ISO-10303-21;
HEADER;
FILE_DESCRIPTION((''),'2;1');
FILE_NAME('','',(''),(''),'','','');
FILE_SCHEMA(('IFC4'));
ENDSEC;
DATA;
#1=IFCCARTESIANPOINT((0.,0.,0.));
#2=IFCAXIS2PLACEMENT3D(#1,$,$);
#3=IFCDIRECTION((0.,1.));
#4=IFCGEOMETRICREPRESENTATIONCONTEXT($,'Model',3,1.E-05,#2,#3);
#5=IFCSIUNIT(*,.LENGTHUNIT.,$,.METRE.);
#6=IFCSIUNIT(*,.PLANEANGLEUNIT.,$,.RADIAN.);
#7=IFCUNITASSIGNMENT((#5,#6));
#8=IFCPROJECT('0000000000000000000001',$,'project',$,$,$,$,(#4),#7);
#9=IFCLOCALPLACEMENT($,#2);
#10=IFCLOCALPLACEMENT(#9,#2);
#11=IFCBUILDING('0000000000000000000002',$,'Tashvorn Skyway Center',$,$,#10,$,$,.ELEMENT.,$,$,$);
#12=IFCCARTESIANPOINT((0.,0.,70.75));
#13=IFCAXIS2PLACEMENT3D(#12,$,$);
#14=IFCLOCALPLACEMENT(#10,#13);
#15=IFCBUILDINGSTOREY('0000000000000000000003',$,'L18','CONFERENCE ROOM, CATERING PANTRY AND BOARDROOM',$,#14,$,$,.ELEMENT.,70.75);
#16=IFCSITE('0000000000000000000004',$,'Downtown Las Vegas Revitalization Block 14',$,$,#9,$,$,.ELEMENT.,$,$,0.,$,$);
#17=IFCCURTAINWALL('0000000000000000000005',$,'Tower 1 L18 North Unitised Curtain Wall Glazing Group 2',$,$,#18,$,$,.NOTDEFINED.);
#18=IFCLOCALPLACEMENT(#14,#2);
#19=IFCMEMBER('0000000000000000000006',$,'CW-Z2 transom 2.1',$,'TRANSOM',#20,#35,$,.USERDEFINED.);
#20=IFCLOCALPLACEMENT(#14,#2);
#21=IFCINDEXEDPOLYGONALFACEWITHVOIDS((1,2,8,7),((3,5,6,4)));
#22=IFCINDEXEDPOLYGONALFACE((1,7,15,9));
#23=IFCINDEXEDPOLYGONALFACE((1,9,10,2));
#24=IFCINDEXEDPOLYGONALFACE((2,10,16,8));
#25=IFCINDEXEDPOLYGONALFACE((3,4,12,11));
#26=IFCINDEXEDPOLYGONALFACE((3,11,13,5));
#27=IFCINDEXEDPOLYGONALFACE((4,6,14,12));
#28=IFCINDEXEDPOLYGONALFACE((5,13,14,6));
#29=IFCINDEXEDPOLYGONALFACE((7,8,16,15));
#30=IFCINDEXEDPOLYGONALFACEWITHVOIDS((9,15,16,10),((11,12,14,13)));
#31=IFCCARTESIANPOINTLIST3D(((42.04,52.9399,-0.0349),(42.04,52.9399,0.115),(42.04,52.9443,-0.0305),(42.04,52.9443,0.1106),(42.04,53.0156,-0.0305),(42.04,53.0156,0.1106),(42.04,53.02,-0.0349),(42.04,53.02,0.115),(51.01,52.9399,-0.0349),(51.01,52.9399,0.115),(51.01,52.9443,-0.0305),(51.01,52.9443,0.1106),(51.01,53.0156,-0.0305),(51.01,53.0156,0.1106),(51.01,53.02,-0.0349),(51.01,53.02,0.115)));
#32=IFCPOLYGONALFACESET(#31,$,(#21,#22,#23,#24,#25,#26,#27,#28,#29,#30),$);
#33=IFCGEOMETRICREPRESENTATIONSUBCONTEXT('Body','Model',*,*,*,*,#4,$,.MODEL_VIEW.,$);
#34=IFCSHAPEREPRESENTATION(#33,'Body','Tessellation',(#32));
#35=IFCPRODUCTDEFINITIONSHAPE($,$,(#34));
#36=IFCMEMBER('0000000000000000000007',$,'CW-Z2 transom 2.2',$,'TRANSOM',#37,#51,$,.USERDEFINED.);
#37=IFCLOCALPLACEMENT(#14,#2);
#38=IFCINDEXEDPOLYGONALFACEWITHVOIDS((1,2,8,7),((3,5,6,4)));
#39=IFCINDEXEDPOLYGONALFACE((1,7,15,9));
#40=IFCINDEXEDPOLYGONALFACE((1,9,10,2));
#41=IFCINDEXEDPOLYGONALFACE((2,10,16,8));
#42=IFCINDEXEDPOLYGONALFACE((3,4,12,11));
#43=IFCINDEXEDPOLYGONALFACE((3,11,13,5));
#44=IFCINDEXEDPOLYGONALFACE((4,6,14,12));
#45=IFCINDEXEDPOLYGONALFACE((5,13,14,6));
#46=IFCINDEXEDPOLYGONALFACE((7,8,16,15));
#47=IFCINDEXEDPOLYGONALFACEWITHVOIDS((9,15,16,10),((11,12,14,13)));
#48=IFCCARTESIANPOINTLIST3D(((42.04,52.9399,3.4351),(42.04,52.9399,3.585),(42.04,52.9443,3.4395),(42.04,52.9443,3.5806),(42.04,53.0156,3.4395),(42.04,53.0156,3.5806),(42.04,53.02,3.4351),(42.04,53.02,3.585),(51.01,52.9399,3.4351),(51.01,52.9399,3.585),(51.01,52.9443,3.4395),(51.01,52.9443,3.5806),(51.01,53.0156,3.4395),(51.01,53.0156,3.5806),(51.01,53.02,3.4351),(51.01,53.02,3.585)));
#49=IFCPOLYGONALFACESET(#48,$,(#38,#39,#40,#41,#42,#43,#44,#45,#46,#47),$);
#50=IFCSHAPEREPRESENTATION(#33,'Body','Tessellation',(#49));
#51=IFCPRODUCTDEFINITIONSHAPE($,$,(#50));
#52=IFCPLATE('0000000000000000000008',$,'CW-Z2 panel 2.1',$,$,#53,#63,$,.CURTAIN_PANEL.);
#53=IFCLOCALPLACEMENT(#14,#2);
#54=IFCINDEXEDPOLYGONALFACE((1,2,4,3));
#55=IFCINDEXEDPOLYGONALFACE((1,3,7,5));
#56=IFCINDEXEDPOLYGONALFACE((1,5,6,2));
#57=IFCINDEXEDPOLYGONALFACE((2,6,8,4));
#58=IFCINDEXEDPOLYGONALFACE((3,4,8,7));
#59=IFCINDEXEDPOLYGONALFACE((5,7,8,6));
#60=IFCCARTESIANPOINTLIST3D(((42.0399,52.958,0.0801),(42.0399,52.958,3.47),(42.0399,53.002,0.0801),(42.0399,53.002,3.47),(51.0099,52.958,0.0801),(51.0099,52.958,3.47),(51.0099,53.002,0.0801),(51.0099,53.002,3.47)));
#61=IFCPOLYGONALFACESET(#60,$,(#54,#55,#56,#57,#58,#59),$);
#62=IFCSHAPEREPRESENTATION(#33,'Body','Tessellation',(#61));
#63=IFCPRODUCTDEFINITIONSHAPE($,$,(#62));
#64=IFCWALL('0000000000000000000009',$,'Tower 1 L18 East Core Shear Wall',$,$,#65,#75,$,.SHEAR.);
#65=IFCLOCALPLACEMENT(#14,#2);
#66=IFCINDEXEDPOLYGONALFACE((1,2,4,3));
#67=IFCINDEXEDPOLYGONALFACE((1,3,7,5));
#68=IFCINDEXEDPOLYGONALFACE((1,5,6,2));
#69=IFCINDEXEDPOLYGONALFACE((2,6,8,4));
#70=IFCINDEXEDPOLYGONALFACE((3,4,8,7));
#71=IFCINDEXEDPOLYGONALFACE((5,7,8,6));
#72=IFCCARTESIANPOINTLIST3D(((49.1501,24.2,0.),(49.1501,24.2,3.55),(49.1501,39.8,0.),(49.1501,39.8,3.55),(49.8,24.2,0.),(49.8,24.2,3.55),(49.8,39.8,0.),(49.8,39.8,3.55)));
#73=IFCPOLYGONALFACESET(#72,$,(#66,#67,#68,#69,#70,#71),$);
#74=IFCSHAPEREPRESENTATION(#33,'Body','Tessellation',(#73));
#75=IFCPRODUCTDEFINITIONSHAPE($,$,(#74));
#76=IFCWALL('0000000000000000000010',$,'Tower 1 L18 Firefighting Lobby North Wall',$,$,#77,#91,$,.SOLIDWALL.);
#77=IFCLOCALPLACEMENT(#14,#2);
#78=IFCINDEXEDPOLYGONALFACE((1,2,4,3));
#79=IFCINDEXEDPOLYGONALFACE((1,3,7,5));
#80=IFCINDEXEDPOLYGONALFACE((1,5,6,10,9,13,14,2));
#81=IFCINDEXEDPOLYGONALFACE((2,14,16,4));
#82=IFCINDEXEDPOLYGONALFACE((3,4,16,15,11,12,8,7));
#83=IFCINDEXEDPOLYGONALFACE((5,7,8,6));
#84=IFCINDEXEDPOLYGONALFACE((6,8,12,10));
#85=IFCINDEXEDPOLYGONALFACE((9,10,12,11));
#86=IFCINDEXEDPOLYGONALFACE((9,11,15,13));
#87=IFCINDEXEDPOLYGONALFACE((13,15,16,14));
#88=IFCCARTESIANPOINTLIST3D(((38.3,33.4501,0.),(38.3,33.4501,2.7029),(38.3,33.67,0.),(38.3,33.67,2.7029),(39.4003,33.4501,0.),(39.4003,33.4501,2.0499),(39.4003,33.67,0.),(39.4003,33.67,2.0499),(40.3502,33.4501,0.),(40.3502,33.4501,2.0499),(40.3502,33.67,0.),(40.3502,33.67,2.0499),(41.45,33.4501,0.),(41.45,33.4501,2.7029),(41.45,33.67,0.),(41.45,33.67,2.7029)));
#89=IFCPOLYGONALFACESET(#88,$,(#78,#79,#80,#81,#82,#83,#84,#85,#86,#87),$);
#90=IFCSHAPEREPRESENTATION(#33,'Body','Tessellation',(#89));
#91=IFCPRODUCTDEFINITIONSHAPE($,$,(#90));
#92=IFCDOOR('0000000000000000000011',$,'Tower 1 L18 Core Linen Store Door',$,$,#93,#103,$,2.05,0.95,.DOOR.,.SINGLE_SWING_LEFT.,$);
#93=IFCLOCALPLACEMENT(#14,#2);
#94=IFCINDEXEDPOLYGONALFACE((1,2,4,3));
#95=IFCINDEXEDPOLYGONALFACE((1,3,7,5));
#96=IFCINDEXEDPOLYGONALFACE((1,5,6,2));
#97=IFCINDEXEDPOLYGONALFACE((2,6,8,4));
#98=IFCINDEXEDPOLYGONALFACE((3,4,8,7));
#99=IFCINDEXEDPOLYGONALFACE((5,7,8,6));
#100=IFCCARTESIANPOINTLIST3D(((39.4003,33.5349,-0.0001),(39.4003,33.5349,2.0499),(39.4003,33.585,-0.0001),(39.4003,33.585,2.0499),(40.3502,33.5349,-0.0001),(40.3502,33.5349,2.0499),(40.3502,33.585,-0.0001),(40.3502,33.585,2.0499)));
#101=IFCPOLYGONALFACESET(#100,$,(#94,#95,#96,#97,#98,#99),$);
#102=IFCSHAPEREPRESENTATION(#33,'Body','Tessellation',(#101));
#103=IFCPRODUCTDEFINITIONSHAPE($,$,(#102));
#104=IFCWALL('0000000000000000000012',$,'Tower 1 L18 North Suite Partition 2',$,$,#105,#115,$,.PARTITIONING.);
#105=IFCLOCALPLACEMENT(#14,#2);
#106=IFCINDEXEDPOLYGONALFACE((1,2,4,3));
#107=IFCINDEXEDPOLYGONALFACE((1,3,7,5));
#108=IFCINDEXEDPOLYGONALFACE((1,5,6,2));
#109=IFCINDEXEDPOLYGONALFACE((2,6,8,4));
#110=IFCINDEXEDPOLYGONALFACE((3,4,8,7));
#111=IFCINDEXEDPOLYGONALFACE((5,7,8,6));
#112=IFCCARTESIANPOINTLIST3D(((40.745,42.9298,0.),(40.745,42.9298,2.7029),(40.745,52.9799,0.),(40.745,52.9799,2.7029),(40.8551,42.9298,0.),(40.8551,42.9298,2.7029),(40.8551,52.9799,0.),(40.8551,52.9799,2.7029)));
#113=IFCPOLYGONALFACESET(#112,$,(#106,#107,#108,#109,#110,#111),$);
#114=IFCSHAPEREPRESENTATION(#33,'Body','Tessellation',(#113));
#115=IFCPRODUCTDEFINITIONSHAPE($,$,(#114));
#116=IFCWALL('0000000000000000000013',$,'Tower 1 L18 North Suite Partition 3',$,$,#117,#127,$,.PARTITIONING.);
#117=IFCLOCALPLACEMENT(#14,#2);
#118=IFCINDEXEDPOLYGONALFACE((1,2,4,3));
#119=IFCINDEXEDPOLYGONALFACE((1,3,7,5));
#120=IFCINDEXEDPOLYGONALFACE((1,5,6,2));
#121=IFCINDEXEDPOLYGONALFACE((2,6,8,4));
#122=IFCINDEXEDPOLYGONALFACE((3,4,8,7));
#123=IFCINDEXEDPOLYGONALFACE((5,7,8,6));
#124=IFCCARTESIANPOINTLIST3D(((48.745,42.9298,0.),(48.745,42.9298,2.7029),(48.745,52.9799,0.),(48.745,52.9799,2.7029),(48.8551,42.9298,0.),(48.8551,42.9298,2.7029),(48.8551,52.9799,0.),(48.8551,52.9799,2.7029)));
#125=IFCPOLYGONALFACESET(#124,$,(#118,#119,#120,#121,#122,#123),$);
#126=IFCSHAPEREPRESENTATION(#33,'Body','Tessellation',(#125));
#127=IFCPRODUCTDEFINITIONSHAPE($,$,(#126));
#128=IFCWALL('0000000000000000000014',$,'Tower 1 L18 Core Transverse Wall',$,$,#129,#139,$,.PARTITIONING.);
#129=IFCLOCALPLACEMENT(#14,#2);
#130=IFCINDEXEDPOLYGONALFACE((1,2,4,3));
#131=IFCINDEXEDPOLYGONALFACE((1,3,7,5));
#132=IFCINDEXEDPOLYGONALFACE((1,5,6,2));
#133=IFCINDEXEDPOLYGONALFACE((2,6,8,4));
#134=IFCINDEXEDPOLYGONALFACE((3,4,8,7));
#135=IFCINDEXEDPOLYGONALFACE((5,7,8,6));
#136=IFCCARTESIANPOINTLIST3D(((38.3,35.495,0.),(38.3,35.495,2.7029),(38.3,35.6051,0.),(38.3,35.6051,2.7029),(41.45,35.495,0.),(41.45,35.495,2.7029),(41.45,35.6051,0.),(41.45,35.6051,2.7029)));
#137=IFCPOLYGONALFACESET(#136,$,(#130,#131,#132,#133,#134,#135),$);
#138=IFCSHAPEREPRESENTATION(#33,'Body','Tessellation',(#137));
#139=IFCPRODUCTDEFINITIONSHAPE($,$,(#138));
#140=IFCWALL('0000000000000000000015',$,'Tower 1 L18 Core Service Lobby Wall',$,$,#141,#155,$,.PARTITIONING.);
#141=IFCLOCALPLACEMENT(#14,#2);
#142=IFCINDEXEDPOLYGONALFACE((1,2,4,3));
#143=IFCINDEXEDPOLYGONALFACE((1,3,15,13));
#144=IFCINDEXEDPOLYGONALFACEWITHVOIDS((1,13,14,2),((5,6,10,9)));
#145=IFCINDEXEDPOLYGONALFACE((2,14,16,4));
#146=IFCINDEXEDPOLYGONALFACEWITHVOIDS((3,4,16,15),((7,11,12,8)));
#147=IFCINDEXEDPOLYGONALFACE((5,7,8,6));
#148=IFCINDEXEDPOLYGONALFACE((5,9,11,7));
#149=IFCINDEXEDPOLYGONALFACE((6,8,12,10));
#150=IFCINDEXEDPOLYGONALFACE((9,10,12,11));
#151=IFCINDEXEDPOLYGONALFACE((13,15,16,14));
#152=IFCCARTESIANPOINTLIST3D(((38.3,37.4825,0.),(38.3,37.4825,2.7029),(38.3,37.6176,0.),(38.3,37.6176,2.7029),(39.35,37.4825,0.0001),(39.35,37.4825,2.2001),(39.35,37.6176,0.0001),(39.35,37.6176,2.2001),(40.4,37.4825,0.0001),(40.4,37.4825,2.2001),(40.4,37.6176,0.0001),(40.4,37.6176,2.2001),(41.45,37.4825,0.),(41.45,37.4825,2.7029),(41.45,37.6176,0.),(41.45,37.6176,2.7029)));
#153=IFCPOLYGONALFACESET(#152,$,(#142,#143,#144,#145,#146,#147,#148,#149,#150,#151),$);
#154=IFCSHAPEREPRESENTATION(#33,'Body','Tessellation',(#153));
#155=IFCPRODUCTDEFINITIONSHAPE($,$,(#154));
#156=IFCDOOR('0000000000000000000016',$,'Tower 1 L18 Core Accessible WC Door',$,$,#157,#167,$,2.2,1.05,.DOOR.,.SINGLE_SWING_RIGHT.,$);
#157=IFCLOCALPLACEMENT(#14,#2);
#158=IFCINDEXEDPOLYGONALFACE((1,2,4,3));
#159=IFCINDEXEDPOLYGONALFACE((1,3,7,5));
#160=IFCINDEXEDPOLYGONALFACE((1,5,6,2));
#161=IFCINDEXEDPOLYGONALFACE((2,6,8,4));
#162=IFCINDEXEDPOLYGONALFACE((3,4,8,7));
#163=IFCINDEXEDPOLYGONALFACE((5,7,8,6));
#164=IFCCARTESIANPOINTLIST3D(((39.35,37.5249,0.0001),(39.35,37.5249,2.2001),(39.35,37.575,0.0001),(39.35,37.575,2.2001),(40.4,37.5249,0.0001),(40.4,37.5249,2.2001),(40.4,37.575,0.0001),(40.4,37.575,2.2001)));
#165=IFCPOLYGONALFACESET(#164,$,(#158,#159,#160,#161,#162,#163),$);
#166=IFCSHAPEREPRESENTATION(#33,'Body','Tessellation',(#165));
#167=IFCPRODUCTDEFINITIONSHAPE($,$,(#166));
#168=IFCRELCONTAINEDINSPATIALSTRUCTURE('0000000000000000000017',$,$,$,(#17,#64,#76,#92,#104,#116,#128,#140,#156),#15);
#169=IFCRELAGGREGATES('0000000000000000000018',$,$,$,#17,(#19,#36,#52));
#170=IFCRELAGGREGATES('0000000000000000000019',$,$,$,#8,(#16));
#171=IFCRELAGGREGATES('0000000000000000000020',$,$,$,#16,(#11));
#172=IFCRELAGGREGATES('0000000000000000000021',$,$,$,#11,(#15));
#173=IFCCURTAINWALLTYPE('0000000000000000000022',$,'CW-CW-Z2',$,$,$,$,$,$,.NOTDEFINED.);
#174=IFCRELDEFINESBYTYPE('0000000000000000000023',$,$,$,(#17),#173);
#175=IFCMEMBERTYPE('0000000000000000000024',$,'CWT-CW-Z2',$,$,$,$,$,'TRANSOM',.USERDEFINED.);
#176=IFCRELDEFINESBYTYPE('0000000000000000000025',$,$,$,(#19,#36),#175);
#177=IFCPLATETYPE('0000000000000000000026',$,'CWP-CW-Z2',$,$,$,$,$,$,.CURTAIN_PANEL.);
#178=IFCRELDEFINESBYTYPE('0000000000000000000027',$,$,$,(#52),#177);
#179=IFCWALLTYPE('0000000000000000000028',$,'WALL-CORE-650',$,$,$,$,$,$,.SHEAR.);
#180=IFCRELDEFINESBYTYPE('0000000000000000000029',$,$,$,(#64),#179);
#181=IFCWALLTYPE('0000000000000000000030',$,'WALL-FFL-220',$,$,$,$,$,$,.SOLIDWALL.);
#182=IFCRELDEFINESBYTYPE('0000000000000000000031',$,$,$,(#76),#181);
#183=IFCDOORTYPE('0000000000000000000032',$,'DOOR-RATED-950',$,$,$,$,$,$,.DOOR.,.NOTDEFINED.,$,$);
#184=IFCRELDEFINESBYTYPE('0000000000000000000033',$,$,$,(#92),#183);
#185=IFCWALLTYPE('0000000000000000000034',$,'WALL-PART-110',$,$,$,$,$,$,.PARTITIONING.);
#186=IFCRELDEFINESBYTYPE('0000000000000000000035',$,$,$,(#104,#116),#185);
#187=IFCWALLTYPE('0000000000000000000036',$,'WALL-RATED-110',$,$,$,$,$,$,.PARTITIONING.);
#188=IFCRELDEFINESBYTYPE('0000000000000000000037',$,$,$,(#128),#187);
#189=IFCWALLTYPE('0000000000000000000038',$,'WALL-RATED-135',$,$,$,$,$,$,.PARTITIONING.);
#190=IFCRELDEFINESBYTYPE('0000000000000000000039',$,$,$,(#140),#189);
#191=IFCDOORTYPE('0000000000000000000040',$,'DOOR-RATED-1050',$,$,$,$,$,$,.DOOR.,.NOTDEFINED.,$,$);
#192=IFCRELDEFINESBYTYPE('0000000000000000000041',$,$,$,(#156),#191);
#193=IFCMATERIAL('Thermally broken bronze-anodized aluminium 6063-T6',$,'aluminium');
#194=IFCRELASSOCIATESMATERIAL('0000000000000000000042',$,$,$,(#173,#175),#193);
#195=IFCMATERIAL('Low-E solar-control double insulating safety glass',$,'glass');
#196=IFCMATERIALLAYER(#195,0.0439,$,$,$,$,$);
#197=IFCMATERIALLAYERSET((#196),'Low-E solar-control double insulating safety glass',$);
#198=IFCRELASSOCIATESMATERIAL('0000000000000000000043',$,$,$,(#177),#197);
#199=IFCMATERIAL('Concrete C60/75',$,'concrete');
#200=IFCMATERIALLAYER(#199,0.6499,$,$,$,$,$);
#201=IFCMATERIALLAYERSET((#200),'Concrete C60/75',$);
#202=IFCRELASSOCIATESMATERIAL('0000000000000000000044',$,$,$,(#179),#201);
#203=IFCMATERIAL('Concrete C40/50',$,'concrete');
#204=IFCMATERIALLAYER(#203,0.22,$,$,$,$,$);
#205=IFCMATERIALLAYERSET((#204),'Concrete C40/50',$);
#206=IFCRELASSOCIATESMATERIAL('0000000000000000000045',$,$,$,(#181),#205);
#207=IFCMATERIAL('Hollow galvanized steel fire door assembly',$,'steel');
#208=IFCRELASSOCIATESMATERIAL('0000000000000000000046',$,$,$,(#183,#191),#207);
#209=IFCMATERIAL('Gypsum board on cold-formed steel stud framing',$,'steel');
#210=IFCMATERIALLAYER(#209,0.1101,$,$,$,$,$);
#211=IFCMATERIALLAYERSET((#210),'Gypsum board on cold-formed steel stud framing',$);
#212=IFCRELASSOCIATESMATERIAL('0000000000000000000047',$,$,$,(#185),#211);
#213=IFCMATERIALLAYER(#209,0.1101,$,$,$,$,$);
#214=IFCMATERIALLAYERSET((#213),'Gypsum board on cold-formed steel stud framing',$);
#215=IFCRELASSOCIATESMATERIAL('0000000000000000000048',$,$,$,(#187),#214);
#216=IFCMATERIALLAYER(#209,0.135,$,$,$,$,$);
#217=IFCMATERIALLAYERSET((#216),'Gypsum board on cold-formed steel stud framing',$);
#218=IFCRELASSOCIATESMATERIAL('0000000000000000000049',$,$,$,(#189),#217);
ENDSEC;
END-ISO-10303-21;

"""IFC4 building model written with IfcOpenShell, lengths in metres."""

from ifc_helpers import new_model, si_unit, direction, frame, frame_2d, origin, origin_2d, place, context, subcontext, project, spatial, rectangle, hollow_rectangle, extrude, material, layer, layer_set, material_profile, profile_set, type_object, element, fill, aggregate, save


model = new_model("IFC4")

# Units and contexts
model_context = context("Model", 3, precision=1e-05, world=origin(), true_north=direction((0.0, 1.0)))
body_context = subcontext(model_context, "Body", "Model", "MODEL_VIEW")
ifc_project = project(units=[si_unit("LENGTHUNIT", "METRE"), si_unit("PLANEANGLEUNIT", "RADIAN")], contexts=[model_context])

# Site, building, storey
site_placement = place(None, origin())
site = spatial("IfcSite", under=ifc_project, at=site_placement, Name="Downtown Las Vegas Revitalization Block 14", CompositionType="ELEMENT", RefElevation=0.0)
building_placement = place(site_placement, origin())
building = spatial("IfcBuilding", under=site, at=building_placement, Name="Tashvorn Skyway Center", CompositionType="ELEMENT")
storey_placement = place(building_placement, frame((0.0, 0.0, 70.75)))
storey = spatial("IfcBuildingStorey", under=building, at=storey_placement, Name="L18", Description="CONFERENCE ROOM, CATERING PANTRY AND BOARDROOM", CompositionType="ELEMENT", Elevation=70.75)

# Shared definitions
ifc_material_1 = material(Name="Concrete C60/75", Category="concrete")

# Curtain wall, members, plate
ifc_material_2 = material(Name="Thermally broken bronze-anodized aluminium 6063-T6", Category="aluminium")
curtain_wall_type = type_object("IfcCurtainWallType", Name="CW-CW-Z2", PredefinedType="NOTDEFINED", material=ifc_material_2)
curtain_wall_placement = place(storey_placement, origin())
curtain_wall = element("IfcCurtainWall", 1, at=curtain_wall_placement, inside=storey, type_object=curtain_wall_type, Name="Tower 1 L18 North Unitised Curtain Wall Glazing Group 2", PredefinedType="NOTDEFINED")
ifc_material_profile_1 = material_profile(ifc_material_2, hollow_rectangle(XDim=0.0801, YDim=0.1499, WallThickness=0.0044, at=origin_2d()), Name="ALU-TRAN-80x150")
ifc_profile_set_1 = profile_set([ifc_material_profile_1], Name="Thermally broken bronze-anodized aluminium 6063-T6")
member_type_1 = type_object("IfcMemberType", Name="CWT-CW-Z2", ElementType="TRANSOM", PredefinedType="USERDEFINED", material=ifc_profile_set_1)
member_1_placement = place(storey_placement, frame((42.04, 52.98, 0.04), z_axis=(1.0, 0.0, 0.0), x_axis=(0.0, 1.0, 0.0)))
member_1 = element("IfcMember", 2, at=member_1_placement, type_object=member_type_1, Name="CW-Z2 transom 2.1", ObjectType="TRANSOM", PredefinedType="USERDEFINED", context=body_context, shape_type="SweptSolid", body=[
    extrude(hollow_rectangle(XDim=0.0801, YDim=0.1499, WallThickness=0.0044, at=origin_2d()), origin(), (0.0, 0.0, 1.0), 8.97),
])
member_2_placement = place(storey_placement, frame((42.04, 52.98, 3.51), z_axis=(1.0, 0.0, 0.0), x_axis=(0.0, 1.0, 0.0)))
member_2 = element("IfcMember", 3, at=member_2_placement, type_object=member_type_1, Name="CW-Z2 transom 2.2", ObjectType="TRANSOM", PredefinedType="USERDEFINED", context=body_context, shape_type="SweptSolid", body=[
    extrude(hollow_rectangle(XDim=0.0801, YDim=0.1499, WallThickness=0.0044, at=origin_2d()), origin(), (0.0, 0.0, 1.0), 8.97),
])
ifc_material_3 = material(Name="Low-E solar-control double insulating safety glass", Category="glass")
ifc_layer_1 = layer(ifc_material_3, 0.0439)
ifc_layer_set_1 = layer_set([ifc_layer_1], Name="Low-E solar-control double insulating safety glass")
plate_type = type_object("IfcPlateType", Name="CWP-CW-Z2", PredefinedType="CURTAIN_PANEL", material=ifc_layer_set_1)
plate_placement = place(storey_placement, frame((46.5249, 52.98, 0.0801), z_axis=(0.0, 0.0, 1.0), x_axis=(1.0, 0.0, 0.0)))
plate = element("IfcPlate", 4, at=plate_placement, type_object=plate_type, Name="CW-Z2 panel 2.1", PredefinedType="CURTAIN_PANEL", context=body_context, shape_type="SweptSolid", body=[
    extrude(rectangle(XDim=8.97, YDim=0.0439, at=origin_2d()), origin(), (0.0, 0.0, 1.0), 3.3899),
])
aggregate(curtain_wall, [member_1, member_2, plate])

# Wall
ifc_layer_2 = layer(ifc_material_1, 0.6499)
ifc_layer_set_2 = layer_set([ifc_layer_2], Name="Concrete C60/75")
wall_type_1 = type_object("IfcWallType", Name="WALL-CORE-650", PredefinedType="SHEAR", material=ifc_layer_set_2)
wall_1_placement = place(storey_placement, frame((49.4751, 39.8, 0.0), z_axis=(0.0, 0.0, 1.0), x_axis=(0.0, -1.0, 0.0)))
element("IfcWall", 5, at=wall_1_placement, inside=storey, type_object=wall_type_1, Name="Tower 1 L18 East Core Shear Wall", PredefinedType="SHEAR", context=body_context, shape_type="SweptSolid", body=[
    extrude(rectangle(XDim=15.6001, YDim=0.6499, at=frame_2d((7.8, 0.0))), origin(), (0.0, 0.0, 1.0), 3.55),
])

# Wall, opening, door
ifc_material_4 = material(Name="Concrete C40/50", Category="concrete")
ifc_layer_3 = layer(ifc_material_4, 0.22)
ifc_layer_set_3 = layer_set([ifc_layer_3], Name="Concrete C40/50")
wall_type_2 = type_object("IfcWallType", Name="WALL-FFL-220", PredefinedType="SOLIDWALL", material=ifc_layer_set_3)
wall_2_placement = place(storey_placement, frame((38.3, 33.5601, 0.0), z_axis=(0.0, 0.0, 1.0), x_axis=(1.0, 0.0, 0.0)))
wall_2 = element("IfcWall", 6, at=wall_2_placement, inside=storey, type_object=wall_type_2, Name="Tower 1 L18 Firefighting Lobby North Wall", PredefinedType="SOLIDWALL", context=body_context, shape_type="SweptSolid", body=[
    extrude(rectangle(XDim=3.1499, YDim=0.22, at=frame_2d((1.575, 0.0))), origin(), (0.0, 0.0, 1.0), 2.7029),
])
opening_1_placement = place(wall_2_placement, frame((1.1001, 0.0, 0.0)))
opening_1 = element("IfcOpeningElement", 7, at=opening_1_placement, cuts=wall_2, PredefinedType="OPENING", context=body_context, shape_type="SweptSolid", body=[
    extrude(rectangle(XDim=0.95, YDim=2.05, at=frame_2d((0.4751, 1.0249))), frame((0.0, 0.1199, 0.0), z_axis=(0.0, -1.0, 0.0), x_axis=(1.0, 0.0, 0.0)), (0.0, 0.0, 1.0), 0.24),
])
ifc_material_5 = material(Name="Hollow galvanized steel fire door assembly", Category="steel")
door_type_1 = type_object("IfcDoorType", Name="DOOR-RATED-950", OperationType="NOTDEFINED", PredefinedType="DOOR", material=ifc_material_5)
door_1_placement = place(opening_1_placement, origin())
door_1 = element("IfcDoor", 8, at=door_1_placement, inside=storey, type_object=door_type_1, Name="Tower 1 L18 Core Linen Store Door", OperationType="SINGLE_SWING_LEFT", OverallHeight=2.05, OverallWidth=0.95, PredefinedType="DOOR", context=body_context, shape_type="SweptSolid", body=[
    extrude(rectangle(XDim=0.95, YDim=2.05, at=frame_2d((0.4751, 1.0249))), frame((0.0, 0.0249, 0.0), z_axis=(0.0, -1.0, 0.0), x_axis=(1.0, 0.0, 0.0)), (0.0, 0.0, 1.0), 0.05),
])
fill(opening_1, door_1)

# Walls
ifc_material_6 = material(Name="Gypsum board on cold-formed steel stud framing", Category="steel")
ifc_layer_4 = layer(ifc_material_6, 0.1101)
ifc_layer_set_4 = layer_set([ifc_layer_4], Name="Gypsum board on cold-formed steel stud framing")
wall_type_3 = type_object("IfcWallType", Name="WALL-PART-110", PredefinedType="PARTITIONING", material=ifc_layer_set_4)
for number, where, z_axis, x_axis, name in (
    (9, (40.8, 42.9299, 0.0), (0.0, 0.0, 1.0), (0.0, 1.0, 0.0), "Tower 1 L18 North Suite Partition 2"),
    (10, (48.8, 42.9299, 0.0), (0.0, 0.0, 1.0), (0.0, 1.0, 0.0), "Tower 1 L18 North Suite Partition 3"),
):
    element("IfcWall", number, at=place(storey_placement, frame(where, z_axis=z_axis, x_axis=x_axis)), inside=storey, type_object=wall_type_3, Name=name, PredefinedType="PARTITIONING", context=body_context, shape_type="SweptSolid", body=[
        extrude(rectangle(XDim=10.05, YDim=0.1101, at=frame_2d((5.0249, 0.0))), origin(), (0.0, 0.0, 1.0), 2.7029),
    ])
ifc_layer_5 = layer(ifc_material_6, 0.1101)
ifc_layer_set_5 = layer_set([ifc_layer_5], Name="Gypsum board on cold-formed steel stud framing")
wall_type_4 = type_object("IfcWallType", Name="WALL-RATED-110", PredefinedType="PARTITIONING", material=ifc_layer_set_5)
wall_3_placement = place(storey_placement, frame((38.3, 35.55, 0.0), z_axis=(0.0, 0.0, 1.0), x_axis=(1.0, 0.0, 0.0)))
element("IfcWall", 11, at=wall_3_placement, inside=storey, type_object=wall_type_4, Name="Tower 1 L18 Core Transverse Wall", PredefinedType="PARTITIONING", context=body_context, shape_type="SweptSolid", body=[
    extrude(rectangle(XDim=3.1499, YDim=0.1101, at=frame_2d((1.575, 0.0))), origin(), (0.0, 0.0, 1.0), 2.7029),
])

# Wall, opening, door
ifc_layer_6 = layer(ifc_material_6, 0.135)
ifc_layer_set_6 = layer_set([ifc_layer_6], Name="Gypsum board on cold-formed steel stud framing")
wall_type_5 = type_object("IfcWallType", Name="WALL-RATED-135", PredefinedType="PARTITIONING", material=ifc_layer_set_6)
wall_4_placement = place(storey_placement, frame((38.3, 37.55, 0.0), z_axis=(0.0, 0.0, 1.0), x_axis=(1.0, 0.0, 0.0)))
wall_4 = element("IfcWall", 12, at=wall_4_placement, inside=storey, type_object=wall_type_5, Name="Tower 1 L18 Core Service Lobby Wall", PredefinedType="PARTITIONING", context=body_context, shape_type="SweptSolid", body=[
    extrude(rectangle(XDim=3.1499, YDim=0.135, at=frame_2d((1.575, 0.0))), origin(), (0.0, 0.0, 1.0), 2.7029),
])
opening_2_placement = place(wall_4_placement, frame((1.05, 0.0, 0.0)))
opening_2 = element("IfcOpeningElement", 13, at=opening_2_placement, cuts=wall_4, PredefinedType="OPENING", context=body_context, shape_type="SweptSolid", body=[
    extrude(rectangle(XDim=1.05, YDim=2.2, at=frame_2d((0.5249, 1.1001))), frame((0.0, 0.0774, 0.0), z_axis=(0.0, -1.0, 0.0), x_axis=(1.0, 0.0, 0.0)), (0.0, 0.0, 1.0), 0.155),
])
door_type_2 = type_object("IfcDoorType", Name="DOOR-RATED-1050", OperationType="NOTDEFINED", PredefinedType="DOOR", material=ifc_material_5)
door_2_placement = place(opening_2_placement, origin())
door_2 = element("IfcDoor", 14, at=door_2_placement, inside=storey, type_object=door_type_2, Name="Tower 1 L18 Core Accessible WC Door", OperationType="SINGLE_SWING_RIGHT", OverallHeight=2.2, OverallWidth=1.05, PredefinedType="DOOR", context=body_context, shape_type="SweptSolid", body=[
    extrude(rectangle(XDim=1.05, YDim=2.2, at=frame_2d((0.5249, 1.1001))), frame((0.0, 0.0249, 0.0), z_axis=(0.0, -1.0, 0.0), x_axis=(1.0, 0.0, 0.0)), (0.0, 0.0, 1.0), 0.05),
])
fill(opening_2, door_2)

save(model, "model.ifc")
